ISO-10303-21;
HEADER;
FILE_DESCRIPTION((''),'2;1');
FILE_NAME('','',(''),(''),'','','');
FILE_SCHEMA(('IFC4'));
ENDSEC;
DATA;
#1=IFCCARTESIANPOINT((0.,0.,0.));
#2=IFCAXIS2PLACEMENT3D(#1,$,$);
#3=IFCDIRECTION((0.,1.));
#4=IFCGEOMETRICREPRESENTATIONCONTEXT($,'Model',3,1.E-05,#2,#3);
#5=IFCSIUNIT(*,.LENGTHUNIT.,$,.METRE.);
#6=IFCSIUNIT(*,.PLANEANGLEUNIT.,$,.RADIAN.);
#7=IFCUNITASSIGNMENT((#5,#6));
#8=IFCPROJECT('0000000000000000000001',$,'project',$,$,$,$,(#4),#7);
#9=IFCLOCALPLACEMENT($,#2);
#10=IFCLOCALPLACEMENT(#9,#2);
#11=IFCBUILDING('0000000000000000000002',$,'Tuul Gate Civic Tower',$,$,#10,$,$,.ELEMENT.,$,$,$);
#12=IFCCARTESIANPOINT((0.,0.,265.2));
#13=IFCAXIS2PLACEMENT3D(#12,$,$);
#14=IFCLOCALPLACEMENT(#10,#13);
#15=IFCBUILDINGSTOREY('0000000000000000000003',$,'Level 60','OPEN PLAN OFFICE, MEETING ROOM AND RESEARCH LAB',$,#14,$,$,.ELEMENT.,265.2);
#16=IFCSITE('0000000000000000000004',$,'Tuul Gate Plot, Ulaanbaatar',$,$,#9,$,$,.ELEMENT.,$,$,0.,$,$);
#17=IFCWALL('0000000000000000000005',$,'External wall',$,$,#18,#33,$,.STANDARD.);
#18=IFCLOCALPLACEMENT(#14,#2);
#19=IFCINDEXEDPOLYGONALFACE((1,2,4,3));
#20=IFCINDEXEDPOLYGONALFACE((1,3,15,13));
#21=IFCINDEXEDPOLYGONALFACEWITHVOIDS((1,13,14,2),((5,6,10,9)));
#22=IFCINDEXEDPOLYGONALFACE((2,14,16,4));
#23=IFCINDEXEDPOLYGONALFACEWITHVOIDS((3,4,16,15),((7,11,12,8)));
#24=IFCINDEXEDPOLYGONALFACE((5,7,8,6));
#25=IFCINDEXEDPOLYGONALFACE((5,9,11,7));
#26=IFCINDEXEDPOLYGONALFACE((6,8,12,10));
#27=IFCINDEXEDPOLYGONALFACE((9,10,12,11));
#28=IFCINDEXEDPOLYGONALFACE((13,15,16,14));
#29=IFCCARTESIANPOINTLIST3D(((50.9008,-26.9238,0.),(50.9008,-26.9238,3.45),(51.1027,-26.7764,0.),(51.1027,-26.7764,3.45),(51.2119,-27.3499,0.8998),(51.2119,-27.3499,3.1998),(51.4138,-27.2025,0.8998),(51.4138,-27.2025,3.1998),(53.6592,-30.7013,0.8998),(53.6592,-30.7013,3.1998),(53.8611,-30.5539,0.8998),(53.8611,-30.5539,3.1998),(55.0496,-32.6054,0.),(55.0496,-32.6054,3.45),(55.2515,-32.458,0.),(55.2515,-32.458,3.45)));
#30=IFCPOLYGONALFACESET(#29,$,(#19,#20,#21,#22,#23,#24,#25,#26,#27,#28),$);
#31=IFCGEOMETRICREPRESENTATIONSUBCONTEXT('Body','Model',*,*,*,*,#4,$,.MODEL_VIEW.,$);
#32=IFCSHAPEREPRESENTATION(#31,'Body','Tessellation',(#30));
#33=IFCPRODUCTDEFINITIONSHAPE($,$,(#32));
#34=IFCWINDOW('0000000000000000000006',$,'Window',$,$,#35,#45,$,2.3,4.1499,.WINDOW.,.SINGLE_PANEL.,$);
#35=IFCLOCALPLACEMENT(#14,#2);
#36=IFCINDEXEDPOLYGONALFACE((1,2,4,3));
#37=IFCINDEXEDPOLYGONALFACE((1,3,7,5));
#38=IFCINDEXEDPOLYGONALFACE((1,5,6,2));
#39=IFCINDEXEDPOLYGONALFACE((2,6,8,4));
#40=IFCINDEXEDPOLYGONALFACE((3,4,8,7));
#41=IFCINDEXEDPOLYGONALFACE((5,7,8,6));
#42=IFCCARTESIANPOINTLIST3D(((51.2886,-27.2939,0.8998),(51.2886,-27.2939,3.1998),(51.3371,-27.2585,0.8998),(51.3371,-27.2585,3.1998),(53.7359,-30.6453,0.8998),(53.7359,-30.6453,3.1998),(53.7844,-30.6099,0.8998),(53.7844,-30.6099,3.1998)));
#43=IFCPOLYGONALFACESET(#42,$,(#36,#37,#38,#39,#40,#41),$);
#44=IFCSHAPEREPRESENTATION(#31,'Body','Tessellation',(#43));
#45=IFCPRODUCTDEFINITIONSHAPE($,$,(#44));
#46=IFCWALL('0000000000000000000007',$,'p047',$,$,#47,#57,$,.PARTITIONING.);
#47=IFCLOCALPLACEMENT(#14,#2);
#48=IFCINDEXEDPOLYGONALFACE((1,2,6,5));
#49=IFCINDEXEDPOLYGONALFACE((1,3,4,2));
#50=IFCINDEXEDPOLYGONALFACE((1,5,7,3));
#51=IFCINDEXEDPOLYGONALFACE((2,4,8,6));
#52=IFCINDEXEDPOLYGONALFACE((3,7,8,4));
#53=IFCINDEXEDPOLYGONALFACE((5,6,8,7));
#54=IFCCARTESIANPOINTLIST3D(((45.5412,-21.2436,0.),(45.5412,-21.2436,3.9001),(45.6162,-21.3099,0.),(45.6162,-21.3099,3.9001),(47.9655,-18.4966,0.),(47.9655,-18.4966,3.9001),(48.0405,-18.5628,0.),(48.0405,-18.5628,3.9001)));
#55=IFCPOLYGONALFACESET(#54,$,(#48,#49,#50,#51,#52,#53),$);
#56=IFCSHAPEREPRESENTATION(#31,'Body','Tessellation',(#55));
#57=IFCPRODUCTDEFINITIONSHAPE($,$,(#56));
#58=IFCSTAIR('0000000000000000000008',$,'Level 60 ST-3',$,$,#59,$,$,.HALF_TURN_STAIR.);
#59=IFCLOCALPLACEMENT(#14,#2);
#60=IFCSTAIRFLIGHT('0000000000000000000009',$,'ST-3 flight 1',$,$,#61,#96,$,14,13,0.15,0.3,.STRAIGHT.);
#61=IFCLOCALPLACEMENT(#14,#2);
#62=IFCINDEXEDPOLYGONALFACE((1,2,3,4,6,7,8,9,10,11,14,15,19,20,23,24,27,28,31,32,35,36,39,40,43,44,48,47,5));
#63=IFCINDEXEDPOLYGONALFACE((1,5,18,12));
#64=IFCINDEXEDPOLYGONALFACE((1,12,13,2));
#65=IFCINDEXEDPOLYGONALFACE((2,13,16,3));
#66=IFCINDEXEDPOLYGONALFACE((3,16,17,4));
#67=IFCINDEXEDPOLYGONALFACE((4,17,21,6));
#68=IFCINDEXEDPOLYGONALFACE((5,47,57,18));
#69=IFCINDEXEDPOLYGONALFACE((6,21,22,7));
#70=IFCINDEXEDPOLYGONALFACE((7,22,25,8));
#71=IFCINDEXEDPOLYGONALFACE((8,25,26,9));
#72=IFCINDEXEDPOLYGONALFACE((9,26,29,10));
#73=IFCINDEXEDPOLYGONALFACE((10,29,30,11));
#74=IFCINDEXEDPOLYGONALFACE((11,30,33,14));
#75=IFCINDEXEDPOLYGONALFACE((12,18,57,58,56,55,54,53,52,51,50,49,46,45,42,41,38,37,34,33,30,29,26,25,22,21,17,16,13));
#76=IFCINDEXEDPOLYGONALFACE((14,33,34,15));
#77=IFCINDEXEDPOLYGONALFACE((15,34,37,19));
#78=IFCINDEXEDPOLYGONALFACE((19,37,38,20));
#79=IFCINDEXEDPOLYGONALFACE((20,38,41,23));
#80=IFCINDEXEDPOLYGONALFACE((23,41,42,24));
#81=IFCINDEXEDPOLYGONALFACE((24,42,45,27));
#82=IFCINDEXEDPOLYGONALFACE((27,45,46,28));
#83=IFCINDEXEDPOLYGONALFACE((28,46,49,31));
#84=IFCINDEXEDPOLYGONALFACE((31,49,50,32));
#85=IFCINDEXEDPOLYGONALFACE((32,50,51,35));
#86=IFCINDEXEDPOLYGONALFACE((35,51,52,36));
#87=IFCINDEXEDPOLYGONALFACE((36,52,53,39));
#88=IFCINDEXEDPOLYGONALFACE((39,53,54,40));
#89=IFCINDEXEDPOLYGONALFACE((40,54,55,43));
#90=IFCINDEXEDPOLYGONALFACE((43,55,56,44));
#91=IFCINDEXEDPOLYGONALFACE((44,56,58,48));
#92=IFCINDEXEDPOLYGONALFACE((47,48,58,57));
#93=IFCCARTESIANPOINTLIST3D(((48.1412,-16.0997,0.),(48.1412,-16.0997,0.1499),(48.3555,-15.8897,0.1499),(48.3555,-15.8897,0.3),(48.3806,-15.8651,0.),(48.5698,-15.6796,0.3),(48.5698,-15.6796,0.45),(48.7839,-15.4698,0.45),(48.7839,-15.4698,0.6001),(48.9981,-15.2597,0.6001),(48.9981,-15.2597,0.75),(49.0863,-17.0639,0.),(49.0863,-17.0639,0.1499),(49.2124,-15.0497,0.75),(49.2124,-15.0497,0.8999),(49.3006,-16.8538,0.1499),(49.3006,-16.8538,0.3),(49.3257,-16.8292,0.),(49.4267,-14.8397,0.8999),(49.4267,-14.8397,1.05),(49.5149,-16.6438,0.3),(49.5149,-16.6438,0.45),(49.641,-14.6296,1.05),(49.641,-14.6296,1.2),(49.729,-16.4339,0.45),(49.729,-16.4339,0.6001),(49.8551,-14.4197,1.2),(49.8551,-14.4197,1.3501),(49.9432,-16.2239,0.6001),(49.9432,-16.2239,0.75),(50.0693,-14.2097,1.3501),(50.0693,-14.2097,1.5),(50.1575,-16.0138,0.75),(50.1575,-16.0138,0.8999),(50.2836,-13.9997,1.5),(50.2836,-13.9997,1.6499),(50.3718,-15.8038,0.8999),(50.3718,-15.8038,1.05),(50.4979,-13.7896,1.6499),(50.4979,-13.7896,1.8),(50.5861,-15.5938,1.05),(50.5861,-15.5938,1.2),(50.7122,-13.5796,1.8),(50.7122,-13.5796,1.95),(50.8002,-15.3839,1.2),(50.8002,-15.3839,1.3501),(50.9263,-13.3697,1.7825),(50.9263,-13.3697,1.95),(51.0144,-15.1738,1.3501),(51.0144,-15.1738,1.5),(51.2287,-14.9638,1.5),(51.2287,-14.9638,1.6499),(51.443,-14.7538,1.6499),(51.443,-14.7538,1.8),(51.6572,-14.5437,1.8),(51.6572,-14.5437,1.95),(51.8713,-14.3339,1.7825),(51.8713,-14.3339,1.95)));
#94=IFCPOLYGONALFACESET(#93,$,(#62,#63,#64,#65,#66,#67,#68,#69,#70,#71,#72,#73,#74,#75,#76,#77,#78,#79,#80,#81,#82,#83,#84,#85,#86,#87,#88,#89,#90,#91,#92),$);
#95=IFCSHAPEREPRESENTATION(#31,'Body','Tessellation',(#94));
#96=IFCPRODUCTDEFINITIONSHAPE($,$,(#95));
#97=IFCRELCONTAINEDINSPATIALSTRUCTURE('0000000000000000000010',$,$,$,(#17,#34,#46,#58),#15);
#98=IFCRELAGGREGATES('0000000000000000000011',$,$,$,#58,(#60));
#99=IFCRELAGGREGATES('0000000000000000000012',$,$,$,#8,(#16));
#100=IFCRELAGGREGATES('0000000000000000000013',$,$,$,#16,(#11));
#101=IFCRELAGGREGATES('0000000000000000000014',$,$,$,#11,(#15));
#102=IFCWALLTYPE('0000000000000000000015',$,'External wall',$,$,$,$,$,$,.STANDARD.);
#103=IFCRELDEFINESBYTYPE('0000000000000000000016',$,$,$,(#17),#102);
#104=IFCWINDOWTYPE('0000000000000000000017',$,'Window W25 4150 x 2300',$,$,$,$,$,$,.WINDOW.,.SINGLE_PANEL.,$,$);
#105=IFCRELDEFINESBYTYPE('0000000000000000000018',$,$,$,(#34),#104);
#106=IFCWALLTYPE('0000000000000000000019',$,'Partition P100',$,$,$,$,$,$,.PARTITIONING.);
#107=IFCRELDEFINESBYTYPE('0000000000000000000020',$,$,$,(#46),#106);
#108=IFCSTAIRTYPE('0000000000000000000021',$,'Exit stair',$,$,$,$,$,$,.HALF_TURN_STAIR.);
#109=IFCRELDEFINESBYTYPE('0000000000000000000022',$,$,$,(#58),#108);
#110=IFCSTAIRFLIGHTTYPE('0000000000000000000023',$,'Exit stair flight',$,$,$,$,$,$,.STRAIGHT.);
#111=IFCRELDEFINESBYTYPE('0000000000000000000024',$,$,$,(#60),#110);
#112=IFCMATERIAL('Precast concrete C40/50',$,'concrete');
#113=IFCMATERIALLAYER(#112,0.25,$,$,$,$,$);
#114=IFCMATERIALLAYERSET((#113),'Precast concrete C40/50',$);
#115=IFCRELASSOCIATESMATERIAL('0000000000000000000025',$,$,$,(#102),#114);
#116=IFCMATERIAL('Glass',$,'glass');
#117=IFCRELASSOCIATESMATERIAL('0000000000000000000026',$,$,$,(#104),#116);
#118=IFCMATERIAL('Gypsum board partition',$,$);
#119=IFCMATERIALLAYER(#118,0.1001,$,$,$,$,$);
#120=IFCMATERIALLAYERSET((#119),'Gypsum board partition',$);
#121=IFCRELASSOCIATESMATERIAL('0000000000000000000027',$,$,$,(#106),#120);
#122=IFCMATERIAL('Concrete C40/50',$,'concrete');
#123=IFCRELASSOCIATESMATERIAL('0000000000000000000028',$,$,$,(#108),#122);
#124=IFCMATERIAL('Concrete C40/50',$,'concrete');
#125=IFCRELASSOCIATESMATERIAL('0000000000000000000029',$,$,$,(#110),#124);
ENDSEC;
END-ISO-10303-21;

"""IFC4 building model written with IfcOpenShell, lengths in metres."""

from ifc_helpers import new_model, si_unit, direction, frame, frame_2d, origin, place, context, subcontext, project, spatial, polyline, rectangle, outline, extrude, material, layer, layer_set, type_object, element, fill, aggregate, save


model = new_model("IFC4")

# Units and contexts
model_context = context("Model", 3, precision=1e-05, world=origin(), true_north=direction((0.0, 1.0)))
body_context = subcontext(model_context, "Body", "Model", "MODEL_VIEW")
ifc_project = project(units=[si_unit("LENGTHUNIT", "METRE"), si_unit("PLANEANGLEUNIT", "RADIAN")], contexts=[model_context])

# Site, building, storey
site_placement = place(None, origin())
site = spatial("IfcSite", under=ifc_project, at=site_placement, Name="Tuul Gate Plot, Ulaanbaatar", CompositionType="ELEMENT", RefElevation=0.0)
building_placement = place(site_placement, origin())
building = spatial("IfcBuilding", under=site, at=building_placement, Name="Tuul Gate Civic Tower", CompositionType="ELEMENT")
storey_placement = place(building_placement, frame((0.0, 0.0, 265.2)))
storey = spatial("IfcBuildingStorey", under=building, at=storey_placement, Name="Level 60", Description="OPEN PLAN OFFICE, MEETING ROOM AND RESEARCH LAB", CompositionType="ELEMENT", Elevation=265.2)

# Wall, opening, window
ifc_material_1 = material(Name="Precast concrete C40/50", Category="concrete")
ifc_layer_1 = layer(ifc_material_1, 0.25)
ifc_layer_set_1 = layer_set([ifc_layer_1], Name="Precast concrete C40/50")
wall_type_1 = type_object("IfcWallType", Name="External wall", PredefinedType="STANDARD", material=ifc_layer_set_1)
wall_1_placement = place(storey_placement, frame((51.0017, -26.8501, 0.0), z_axis=(0.0, 0.0, 1.0), x_axis=(0.589735, -0.807597, 0.0)))
wall_1 = element("IfcWall", 1, at=wall_1_placement, inside=storey, type_object=wall_type_1, Name="External wall", PredefinedType="STANDARD", context=body_context, shape_type="SweptSolid", body=[
    extrude(rectangle(XDim=7.0352, YDim=0.25, at=frame_2d((3.5176, 0.0))), origin(), (0.0, 0.0, 1.0), 3.45),
])
opening_1_placement = place(wall_1_placement, frame((0.5276, 0.0, 0.8999)))
opening_1 = element("IfcOpeningElement", 2, at=opening_1_placement, cuts=wall_1, PredefinedType="OPENING", context=body_context, shape_type="SweptSolid", body=[
    extrude(rectangle(XDim=4.1499, YDim=2.3, at=frame_2d((2.075, 1.1499))), frame((0.0, 0.135, 0.0), z_axis=(0.0, -1.0, 0.0), x_axis=(1.0, 0.0, 0.0)), (0.0, 0.0, 1.0), 0.27),
])
ifc_material_2 = material(Name="Glass", Category="glass")
window_type_1 = type_object("IfcWindowType", Name="Window W25 4150 x 2300", PartitioningType="SINGLE_PANEL", PredefinedType="WINDOW", material=ifc_material_2)
window_1_placement = place(opening_1_placement, origin())
window_1 = element("IfcWindow", 3, at=window_1_placement, inside=storey, type_object=window_type_1, Name="Window", OverallHeight=2.3, OverallWidth=4.1499, PartitioningType="SINGLE_PANEL", PredefinedType="WINDOW", context=body_context, shape_type="SweptSolid", body=[
    extrude(rectangle(XDim=4.1499, YDim=2.3, at=frame_2d((2.075, 1.1499))), frame((0.0, 0.03, 0.0), z_axis=(0.0, -1.0, 0.0), x_axis=(1.0, 0.0, 0.0)), (0.0, 0.0, 1.0), 0.0601),
])
fill(opening_1, window_1)

# Wall
ifc_material_3 = material(Name="Gypsum board partition")
ifc_layer_2 = layer(ifc_material_3, 0.1001)
ifc_layer_set_2 = layer_set([ifc_layer_2], Name="Gypsum board partition")
wall_type_2 = type_object("IfcWallType", Name="Partition P100", PredefinedType="PARTITIONING", material=ifc_layer_set_2)
wall_2_placement = place(storey_placement, frame((45.5786, -21.2769, 0.0), z_axis=(0.0, 0.0, 1.0), x_axis=(0.661688, 0.74978, 0.0)))
element("IfcWall", 4, at=wall_2_placement, inside=storey, type_object=wall_type_2, Name="p047", PredefinedType="PARTITIONING", context=body_context, shape_type="SweptSolid", body=[
    extrude(rectangle(XDim=3.6638, YDim=0.1001, at=frame_2d((1.832, 0.0))), origin(), (0.0, 0.0, 1.0), 3.9001),
])

# Stair, stair flight
ifc_material_4 = material(Name="Concrete C40/50", Category="concrete")
stair_type = type_object("IfcStairType", Name="Exit stair", PredefinedType="HALF_TURN_STAIR", material=ifc_material_4)
stair_placement = place(storey_placement, origin())
stair = element("IfcStair", 5, at=stair_placement, inside=storey, type_object=stair_type, Name="Level 60 ST-3", PredefinedType="HALF_TURN_STAIR")
ifc_material_5 = material(Name="Concrete C40/50", Category="concrete")
stair_flight_type = type_object("IfcStairFlightType", Name="Exit stair flight", PredefinedType="STRAIGHT", material=ifc_material_5)
stair_flight_placement = place(storey_placement, frame((48.6138, -16.5818, 0.0), z_axis=(0.0, 0.0, 1.0), x_axis=(0.714127, 0.700016, 0.0)))
stair_flight = element("IfcStairFlight", 6, at=stair_flight_placement, type_object=stair_flight_type, Name="ST-3 flight 1", NumberOfRisers=14, NumberOfTreads=13, PredefinedType="STRAIGHT", RiserHeight=0.15, TreadLength=0.3, context=body_context, shape_type="SweptSolid", body=[
    extrude(outline(polyline([(0.0, 0.0), (0.0, 0.1499), (0.3, 0.1499), (0.3, 0.3), (0.6001, 0.3), (0.6001, 0.45), (0.8999, 0.45), (0.8999, 0.6001), (1.2, 0.6001), (1.2, 0.75), (1.5, 0.75), (1.5, 0.8999), (1.8, 0.8999), (1.8, 1.05), (2.1001, 1.05), (2.1001, 1.2), (2.3999, 1.2), (2.3999, 1.3501), (2.7, 1.3501), (2.7, 1.5), (3.0, 1.5), (3.0, 1.6499), (3.3, 1.6499), (3.3, 1.8), (3.6001, 1.8), (3.6001, 1.95), (3.8999, 1.95), (3.8999, 2.1001), (3.8999, 1.7825), (0.3352, 0.0), (0.0, 0.0)])), frame((0.0, 0.675, 0.0), z_axis=(0.0, -1.0, 0.0), x_axis=(1.0, 0.0, 0.0)), (0.0, 0.0, 1.0), 1.3501),
])
aggregate(stair, [stair_flight])

save(model, "model.ifc")
